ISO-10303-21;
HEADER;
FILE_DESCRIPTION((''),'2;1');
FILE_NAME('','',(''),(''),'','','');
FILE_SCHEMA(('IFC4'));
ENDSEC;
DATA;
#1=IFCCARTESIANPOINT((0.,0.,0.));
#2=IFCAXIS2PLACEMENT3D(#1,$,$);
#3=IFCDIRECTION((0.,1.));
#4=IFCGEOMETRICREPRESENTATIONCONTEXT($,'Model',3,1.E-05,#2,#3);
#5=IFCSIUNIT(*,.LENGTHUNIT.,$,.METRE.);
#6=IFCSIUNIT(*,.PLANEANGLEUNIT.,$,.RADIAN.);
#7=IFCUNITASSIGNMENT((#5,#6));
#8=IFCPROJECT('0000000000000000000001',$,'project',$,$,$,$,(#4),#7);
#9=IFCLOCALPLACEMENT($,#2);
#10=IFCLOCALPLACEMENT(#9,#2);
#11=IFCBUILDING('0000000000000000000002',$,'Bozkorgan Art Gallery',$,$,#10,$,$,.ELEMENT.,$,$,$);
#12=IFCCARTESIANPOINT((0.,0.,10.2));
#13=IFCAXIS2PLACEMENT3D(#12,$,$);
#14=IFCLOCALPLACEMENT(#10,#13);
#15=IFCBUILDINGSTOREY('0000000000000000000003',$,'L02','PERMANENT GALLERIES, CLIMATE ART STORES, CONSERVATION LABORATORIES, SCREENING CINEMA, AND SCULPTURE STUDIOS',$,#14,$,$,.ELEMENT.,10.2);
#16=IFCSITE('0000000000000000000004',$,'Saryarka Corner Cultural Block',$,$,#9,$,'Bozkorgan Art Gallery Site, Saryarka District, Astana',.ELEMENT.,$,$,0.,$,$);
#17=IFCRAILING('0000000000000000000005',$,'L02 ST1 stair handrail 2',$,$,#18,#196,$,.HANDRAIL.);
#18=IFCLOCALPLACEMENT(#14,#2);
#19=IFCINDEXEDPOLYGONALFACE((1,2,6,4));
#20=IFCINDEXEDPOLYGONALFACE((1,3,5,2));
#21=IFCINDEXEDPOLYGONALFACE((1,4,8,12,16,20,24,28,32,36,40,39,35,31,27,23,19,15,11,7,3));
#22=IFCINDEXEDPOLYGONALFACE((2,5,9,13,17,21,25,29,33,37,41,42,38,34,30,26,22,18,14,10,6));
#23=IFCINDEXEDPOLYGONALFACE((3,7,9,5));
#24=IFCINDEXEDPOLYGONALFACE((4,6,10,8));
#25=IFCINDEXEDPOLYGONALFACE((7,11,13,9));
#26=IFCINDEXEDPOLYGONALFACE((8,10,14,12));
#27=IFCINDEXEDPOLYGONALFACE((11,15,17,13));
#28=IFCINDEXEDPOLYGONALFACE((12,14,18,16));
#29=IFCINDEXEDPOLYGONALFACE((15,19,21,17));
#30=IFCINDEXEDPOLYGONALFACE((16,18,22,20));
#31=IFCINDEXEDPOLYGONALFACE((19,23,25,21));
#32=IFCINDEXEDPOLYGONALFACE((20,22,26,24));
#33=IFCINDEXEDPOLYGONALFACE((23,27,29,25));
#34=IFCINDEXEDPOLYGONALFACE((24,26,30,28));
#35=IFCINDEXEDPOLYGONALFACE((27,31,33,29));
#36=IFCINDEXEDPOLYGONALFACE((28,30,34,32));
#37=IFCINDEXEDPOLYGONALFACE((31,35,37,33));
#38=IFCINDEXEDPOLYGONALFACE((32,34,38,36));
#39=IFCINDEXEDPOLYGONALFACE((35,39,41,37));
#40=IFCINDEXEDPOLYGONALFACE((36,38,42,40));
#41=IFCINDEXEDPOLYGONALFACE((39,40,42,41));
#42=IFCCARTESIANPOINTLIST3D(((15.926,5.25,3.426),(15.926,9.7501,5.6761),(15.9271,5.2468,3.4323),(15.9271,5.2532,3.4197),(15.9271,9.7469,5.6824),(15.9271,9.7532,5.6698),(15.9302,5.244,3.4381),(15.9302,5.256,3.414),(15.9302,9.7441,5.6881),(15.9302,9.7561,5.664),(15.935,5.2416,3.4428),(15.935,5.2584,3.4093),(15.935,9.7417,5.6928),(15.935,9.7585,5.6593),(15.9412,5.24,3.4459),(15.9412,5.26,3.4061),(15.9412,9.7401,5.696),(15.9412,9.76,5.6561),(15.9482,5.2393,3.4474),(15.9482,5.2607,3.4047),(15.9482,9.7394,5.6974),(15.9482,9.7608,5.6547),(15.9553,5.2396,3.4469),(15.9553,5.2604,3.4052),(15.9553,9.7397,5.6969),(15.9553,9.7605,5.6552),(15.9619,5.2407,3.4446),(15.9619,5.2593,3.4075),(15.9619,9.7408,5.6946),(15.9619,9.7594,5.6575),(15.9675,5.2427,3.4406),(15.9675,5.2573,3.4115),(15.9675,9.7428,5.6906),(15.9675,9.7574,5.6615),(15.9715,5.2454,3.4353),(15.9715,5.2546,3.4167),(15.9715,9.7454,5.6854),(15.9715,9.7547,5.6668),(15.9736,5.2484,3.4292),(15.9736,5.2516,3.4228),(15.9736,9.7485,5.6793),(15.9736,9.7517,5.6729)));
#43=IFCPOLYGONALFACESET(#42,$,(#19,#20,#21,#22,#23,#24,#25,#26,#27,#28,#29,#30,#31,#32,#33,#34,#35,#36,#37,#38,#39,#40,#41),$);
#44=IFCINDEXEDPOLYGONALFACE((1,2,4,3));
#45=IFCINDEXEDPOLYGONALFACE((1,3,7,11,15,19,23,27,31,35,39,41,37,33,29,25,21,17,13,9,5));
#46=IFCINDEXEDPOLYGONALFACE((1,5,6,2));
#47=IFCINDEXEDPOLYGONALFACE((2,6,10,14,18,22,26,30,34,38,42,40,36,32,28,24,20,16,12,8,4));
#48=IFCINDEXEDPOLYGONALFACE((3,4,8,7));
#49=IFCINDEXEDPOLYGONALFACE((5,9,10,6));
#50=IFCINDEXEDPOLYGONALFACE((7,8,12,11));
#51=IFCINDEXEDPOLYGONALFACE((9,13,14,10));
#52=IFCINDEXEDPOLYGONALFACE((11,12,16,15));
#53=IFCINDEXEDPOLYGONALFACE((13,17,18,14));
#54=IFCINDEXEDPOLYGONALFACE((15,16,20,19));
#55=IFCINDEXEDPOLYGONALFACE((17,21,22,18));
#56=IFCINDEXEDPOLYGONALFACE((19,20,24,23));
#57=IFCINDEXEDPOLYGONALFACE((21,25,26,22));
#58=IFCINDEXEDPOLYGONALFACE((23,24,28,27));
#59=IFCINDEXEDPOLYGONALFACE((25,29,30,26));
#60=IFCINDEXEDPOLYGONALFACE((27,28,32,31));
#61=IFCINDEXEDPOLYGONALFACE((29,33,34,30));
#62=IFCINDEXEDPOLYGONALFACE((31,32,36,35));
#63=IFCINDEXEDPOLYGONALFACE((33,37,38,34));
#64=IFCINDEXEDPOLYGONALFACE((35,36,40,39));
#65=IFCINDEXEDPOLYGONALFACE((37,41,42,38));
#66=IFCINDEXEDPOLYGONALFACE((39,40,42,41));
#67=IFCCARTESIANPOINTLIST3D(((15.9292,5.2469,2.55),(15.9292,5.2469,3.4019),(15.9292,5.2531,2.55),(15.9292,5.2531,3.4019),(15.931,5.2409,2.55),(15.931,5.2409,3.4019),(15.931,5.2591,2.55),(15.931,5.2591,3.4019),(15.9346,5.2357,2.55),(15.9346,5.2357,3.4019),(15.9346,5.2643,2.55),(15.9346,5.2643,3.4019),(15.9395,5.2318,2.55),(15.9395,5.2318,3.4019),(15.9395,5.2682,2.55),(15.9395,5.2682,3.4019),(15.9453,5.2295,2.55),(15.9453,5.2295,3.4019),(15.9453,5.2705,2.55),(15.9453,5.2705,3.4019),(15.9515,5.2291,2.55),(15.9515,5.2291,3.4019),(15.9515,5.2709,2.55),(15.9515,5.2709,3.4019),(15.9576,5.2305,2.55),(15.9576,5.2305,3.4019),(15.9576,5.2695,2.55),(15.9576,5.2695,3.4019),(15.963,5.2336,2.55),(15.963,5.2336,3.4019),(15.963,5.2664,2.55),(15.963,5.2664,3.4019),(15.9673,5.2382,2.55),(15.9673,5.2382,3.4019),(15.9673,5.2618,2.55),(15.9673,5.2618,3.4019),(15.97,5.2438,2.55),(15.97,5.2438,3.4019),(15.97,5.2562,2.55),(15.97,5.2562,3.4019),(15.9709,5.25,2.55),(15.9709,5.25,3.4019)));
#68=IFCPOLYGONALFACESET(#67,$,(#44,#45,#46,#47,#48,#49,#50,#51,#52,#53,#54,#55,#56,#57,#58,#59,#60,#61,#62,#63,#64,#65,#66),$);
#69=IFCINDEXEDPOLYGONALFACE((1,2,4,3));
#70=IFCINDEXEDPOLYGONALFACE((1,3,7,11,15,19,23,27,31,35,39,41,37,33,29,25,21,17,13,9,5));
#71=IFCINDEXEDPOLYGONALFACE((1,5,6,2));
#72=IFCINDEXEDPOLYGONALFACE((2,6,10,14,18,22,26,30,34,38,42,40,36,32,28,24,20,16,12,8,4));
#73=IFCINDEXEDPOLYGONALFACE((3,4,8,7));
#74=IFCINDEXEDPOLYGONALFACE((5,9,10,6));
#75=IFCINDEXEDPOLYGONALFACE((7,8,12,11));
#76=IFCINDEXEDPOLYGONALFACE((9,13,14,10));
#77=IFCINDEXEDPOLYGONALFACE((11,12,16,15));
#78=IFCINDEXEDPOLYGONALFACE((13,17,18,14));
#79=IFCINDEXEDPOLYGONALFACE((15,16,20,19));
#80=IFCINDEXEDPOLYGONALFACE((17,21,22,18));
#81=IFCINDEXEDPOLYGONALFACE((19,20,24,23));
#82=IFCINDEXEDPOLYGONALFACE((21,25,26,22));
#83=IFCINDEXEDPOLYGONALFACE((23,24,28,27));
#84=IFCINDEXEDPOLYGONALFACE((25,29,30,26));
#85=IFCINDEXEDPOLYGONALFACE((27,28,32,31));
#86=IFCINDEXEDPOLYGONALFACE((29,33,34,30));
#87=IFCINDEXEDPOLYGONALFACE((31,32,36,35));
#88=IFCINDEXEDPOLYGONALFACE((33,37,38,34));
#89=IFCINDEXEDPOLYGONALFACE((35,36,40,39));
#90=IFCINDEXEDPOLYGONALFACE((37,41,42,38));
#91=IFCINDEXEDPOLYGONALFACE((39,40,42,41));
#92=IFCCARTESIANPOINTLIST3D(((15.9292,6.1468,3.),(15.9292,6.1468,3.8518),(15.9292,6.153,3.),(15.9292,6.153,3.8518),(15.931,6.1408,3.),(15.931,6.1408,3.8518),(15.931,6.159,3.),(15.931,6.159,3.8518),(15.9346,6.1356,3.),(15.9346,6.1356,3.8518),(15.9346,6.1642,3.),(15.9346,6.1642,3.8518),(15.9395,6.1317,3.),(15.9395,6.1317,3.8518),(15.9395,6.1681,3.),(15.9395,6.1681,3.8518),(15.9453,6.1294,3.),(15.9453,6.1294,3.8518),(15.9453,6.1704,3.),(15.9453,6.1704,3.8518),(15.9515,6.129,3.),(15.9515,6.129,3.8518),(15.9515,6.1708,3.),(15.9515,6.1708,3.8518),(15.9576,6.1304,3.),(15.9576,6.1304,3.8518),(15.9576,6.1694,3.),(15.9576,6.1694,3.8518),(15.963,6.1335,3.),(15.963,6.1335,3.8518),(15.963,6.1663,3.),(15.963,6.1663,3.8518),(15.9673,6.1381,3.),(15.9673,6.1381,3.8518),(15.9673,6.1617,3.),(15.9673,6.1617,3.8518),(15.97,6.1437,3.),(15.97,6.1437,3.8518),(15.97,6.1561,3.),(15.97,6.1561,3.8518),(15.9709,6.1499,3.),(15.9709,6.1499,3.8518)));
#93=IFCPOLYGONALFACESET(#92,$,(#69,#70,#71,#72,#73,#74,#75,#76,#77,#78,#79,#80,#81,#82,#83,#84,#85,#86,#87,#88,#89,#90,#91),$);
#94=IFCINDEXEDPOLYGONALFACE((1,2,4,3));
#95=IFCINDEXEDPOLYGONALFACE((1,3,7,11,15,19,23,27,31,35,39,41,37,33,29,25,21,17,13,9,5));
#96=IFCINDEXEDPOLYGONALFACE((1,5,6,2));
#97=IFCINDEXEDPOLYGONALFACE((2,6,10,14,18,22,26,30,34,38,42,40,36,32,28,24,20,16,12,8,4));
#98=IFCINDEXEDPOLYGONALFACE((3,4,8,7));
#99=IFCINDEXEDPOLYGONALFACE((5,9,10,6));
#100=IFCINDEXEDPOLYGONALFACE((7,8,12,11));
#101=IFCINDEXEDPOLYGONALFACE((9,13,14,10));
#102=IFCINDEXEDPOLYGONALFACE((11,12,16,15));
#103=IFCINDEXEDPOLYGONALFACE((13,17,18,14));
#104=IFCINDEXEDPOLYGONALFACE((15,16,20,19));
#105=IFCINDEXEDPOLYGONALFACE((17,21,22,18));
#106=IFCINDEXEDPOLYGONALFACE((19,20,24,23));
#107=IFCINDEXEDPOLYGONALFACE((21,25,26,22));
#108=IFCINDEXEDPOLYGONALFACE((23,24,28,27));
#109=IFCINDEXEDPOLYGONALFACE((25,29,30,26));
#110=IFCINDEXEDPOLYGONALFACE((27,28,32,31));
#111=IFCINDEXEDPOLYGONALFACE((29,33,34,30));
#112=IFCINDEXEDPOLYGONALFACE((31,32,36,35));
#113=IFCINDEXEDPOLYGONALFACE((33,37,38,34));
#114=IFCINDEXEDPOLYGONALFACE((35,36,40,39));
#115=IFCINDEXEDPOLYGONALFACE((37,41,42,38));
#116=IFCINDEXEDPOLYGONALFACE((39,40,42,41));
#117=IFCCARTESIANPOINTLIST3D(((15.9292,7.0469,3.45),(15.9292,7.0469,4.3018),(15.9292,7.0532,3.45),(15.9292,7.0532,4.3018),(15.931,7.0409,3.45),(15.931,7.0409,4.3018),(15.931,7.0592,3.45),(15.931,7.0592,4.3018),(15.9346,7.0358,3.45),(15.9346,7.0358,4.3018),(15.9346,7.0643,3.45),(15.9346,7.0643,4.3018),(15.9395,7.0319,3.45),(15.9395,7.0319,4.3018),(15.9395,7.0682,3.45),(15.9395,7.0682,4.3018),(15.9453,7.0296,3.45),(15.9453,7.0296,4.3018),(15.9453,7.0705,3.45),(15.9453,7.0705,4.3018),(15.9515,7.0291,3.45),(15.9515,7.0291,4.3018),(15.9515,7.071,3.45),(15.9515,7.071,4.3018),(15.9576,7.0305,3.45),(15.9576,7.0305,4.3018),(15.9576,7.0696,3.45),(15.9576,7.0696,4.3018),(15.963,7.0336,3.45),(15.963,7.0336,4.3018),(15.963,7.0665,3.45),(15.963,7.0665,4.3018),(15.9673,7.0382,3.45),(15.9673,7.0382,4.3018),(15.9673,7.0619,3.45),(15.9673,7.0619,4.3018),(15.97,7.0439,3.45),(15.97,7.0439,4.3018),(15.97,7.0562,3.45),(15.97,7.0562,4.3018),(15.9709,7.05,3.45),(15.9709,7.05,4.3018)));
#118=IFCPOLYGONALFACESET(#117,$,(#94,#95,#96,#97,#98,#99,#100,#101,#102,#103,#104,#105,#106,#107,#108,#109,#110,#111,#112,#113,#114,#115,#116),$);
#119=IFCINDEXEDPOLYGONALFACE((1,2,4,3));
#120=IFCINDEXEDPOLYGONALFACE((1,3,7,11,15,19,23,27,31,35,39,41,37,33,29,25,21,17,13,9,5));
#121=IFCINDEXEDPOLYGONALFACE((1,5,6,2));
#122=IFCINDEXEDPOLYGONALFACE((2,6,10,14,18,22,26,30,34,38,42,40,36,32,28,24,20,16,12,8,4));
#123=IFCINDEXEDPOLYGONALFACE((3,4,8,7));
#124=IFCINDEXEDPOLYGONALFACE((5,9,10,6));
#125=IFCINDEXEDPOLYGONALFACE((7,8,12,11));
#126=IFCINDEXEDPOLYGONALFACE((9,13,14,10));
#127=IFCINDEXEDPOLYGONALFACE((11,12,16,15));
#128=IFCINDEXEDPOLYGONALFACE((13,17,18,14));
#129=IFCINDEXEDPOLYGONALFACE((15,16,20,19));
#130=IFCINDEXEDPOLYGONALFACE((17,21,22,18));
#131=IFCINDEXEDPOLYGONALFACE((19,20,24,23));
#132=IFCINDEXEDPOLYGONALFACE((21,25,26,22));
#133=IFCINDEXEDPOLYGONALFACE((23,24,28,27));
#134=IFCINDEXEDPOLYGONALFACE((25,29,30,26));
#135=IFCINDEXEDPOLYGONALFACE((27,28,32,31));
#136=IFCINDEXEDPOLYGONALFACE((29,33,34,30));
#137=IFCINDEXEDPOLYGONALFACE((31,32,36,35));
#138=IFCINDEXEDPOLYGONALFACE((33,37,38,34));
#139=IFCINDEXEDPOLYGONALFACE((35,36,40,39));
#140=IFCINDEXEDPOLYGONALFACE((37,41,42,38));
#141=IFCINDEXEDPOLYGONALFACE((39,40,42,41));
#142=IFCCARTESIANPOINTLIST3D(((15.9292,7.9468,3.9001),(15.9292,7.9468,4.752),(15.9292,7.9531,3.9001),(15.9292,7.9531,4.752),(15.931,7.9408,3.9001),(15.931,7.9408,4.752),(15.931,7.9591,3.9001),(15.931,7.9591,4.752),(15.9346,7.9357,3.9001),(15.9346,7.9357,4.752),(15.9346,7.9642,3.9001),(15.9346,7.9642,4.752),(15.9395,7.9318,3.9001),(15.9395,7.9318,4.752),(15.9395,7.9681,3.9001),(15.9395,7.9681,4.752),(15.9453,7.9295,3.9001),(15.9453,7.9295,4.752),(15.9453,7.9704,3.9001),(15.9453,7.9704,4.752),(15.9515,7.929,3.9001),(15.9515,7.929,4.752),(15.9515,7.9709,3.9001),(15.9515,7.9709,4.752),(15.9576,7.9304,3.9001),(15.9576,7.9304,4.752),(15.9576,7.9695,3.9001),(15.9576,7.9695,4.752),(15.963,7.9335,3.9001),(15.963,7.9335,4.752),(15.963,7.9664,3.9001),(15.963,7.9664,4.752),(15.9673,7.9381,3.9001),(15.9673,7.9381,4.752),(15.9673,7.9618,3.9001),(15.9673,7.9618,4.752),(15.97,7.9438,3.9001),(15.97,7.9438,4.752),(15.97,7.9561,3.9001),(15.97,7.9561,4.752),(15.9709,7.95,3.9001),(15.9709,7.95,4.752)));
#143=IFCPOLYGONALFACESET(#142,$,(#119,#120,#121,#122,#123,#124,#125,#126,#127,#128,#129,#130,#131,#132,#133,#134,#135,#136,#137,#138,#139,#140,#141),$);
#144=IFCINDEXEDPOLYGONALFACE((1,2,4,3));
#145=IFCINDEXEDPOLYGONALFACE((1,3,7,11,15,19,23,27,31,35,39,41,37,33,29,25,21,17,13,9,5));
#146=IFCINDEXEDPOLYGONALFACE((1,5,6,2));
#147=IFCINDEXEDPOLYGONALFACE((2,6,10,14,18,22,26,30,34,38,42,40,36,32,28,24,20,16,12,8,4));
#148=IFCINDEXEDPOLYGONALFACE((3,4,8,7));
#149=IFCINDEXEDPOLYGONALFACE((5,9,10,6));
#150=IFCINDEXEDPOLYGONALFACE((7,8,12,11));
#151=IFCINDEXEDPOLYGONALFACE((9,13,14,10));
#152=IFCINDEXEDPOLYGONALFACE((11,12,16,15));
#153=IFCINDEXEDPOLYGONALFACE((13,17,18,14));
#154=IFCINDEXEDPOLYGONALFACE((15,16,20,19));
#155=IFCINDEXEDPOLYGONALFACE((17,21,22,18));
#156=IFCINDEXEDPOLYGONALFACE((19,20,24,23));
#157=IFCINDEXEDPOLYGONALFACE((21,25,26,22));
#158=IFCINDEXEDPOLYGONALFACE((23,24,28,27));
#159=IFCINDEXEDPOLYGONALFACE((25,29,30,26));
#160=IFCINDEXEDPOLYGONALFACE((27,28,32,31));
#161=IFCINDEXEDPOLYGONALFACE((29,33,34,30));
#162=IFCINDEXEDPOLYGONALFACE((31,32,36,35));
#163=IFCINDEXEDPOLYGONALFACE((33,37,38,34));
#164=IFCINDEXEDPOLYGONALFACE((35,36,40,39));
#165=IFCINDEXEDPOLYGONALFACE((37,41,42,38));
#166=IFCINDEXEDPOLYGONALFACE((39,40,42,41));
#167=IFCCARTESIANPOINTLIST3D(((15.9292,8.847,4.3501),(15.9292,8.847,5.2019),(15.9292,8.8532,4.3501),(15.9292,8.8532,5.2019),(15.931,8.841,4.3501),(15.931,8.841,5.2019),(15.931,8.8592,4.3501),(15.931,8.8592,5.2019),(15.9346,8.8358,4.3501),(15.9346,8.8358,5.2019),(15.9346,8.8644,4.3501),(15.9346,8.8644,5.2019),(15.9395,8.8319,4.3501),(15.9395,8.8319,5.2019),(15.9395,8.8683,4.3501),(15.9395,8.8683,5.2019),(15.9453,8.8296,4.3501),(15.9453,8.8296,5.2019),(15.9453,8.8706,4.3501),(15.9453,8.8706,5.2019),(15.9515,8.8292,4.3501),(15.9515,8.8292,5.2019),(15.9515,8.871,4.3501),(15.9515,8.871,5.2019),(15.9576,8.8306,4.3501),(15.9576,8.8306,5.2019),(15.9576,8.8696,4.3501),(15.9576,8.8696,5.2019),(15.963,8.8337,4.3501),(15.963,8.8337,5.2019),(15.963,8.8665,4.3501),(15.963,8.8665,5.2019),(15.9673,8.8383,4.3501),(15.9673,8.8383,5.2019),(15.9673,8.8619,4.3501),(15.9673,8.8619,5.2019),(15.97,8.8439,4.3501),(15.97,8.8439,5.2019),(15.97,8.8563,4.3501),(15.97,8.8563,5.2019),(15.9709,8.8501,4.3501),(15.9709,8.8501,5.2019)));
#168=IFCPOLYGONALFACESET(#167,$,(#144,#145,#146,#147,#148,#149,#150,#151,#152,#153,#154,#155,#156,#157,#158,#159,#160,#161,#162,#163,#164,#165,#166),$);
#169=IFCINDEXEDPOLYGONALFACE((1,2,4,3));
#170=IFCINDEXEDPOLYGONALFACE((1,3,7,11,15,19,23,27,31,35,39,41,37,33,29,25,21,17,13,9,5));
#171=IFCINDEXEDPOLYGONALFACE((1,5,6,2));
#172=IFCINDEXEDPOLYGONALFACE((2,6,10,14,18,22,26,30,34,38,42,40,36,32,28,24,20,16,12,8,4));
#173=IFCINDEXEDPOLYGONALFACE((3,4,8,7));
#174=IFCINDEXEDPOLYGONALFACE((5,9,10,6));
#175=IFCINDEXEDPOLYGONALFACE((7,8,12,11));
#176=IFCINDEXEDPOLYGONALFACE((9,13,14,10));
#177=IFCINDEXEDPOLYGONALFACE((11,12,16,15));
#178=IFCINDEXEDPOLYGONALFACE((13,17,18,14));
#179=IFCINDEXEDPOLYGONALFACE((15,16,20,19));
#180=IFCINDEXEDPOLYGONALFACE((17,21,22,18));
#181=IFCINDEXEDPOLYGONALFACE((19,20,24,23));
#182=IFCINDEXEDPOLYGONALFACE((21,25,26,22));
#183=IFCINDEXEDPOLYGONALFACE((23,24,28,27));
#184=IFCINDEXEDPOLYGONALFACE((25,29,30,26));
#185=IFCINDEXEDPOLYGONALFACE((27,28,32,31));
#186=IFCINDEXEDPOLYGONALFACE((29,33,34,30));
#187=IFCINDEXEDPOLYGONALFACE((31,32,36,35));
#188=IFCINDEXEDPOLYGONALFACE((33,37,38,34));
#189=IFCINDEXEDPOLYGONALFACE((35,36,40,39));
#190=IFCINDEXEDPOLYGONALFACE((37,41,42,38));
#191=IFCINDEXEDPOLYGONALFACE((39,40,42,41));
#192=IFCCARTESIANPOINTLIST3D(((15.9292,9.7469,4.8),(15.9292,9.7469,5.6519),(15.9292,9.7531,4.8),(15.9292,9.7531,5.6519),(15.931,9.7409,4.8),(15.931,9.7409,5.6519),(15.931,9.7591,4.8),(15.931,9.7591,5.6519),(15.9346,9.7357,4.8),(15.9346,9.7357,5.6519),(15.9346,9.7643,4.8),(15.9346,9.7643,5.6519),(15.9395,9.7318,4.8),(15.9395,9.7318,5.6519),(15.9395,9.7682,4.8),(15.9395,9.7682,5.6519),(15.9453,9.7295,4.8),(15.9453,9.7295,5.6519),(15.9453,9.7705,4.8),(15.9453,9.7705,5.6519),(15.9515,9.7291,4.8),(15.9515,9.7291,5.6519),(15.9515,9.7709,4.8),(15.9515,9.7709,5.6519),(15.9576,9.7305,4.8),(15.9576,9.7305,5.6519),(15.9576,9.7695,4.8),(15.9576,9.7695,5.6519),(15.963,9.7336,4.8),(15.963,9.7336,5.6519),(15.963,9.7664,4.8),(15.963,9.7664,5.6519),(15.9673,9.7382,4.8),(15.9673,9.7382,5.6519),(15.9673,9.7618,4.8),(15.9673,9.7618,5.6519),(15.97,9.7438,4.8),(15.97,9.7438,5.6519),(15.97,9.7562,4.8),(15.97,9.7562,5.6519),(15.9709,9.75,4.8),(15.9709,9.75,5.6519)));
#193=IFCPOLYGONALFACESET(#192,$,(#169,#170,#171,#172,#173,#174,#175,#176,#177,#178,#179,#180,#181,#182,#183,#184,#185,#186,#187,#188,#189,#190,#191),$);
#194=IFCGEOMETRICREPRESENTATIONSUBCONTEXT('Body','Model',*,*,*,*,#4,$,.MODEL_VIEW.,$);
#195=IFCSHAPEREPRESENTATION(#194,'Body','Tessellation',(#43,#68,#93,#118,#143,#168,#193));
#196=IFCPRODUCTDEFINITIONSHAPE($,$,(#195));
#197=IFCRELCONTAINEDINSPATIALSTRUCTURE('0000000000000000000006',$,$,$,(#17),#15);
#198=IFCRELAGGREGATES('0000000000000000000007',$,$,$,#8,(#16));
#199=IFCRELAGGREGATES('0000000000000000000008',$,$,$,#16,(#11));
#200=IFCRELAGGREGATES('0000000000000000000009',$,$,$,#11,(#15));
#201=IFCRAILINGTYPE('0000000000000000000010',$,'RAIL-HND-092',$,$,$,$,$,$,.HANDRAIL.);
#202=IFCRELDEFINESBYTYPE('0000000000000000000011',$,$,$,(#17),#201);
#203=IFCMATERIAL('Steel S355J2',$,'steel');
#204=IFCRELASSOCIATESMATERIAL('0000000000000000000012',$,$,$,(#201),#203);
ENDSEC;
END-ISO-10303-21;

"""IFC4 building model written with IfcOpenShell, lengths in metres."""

from ifc_helpers import new_model, si_unit, direction, frame, origin, origin_2d, place, context, subcontext, project, spatial, circle, extrude, material, type_object, element, save


model = new_model("IFC4")

# Units and contexts
model_context = context("Model", 3, precision=1e-05, world=origin(), true_north=direction((0.0, 1.0)))
body_context = subcontext(model_context, "Body", "Model", "MODEL_VIEW")
ifc_project = project(units=[si_unit("LENGTHUNIT", "METRE"), si_unit("PLANEANGLEUNIT", "RADIAN")], contexts=[model_context])

# Site, building, storey
site_placement = place(None, origin())
site = spatial("IfcSite", under=ifc_project, at=site_placement, Name="Saryarka Corner Cultural Block", LongName="Bozkorgan Art Gallery Site, Saryarka District, Astana", CompositionType="ELEMENT", RefElevation=0.0)
building_placement = place(site_placement, origin())
building = spatial("IfcBuilding", under=site, at=building_placement, Name="Bozkorgan Art Gallery", CompositionType="ELEMENT")
storey_placement = place(building_placement, frame((0.0, 0.0, 10.2)))
storey = spatial("IfcBuildingStorey", under=building, at=storey_placement, Name="L02", Description="PERMANENT GALLERIES, CLIMATE ART STORES, CONSERVATION LABORATORIES, SCREENING CINEMA, AND SCULPTURE STUDIOS", CompositionType="ELEMENT", Elevation=10.2)

# Shared definitions
ifc_material_1 = material(Name="Steel S355J2", Category="steel")

# Railing
railing_type_1 = type_object("IfcRailingType", Name="RAIL-HND-092", PredefinedType="HANDRAIL", material=ifc_material_1)
railing_1_placement = place(storey_placement, frame((15.95, 5.25, 2.55)))
element("IfcRailing", 1, at=railing_1_placement, inside=storey, type_object=railing_type_1, Name="L02 ST1 stair handrail 2", PredefinedType="HANDRAIL", context=body_context, shape_type="SweptSolid", body=[
    extrude(circle(Radius=0.0239, at=origin_2d()), frame((0.0, 0.0, 0.876), z_axis=(0.0, 0.894427, 0.447214), x_axis=(-1.0, 0.0, 0.0)), (0.0, 0.0, 1.0), 5.0312),
    extrude(circle(Radius=0.021, at=origin_2d()), origin(), (0.0, 0.0, 1.0), 0.8518),
    extrude(circle(Radius=0.021, at=origin_2d()), frame((0.0, 0.8999, 0.45)), (0.0, 0.0, 1.0), 0.8518),
    extrude(circle(Radius=0.021, at=origin_2d()), frame((0.0, 1.8, 0.8999)), (0.0, 0.0, 1.0), 0.8518),
    extrude(circle(Radius=0.021, at=origin_2d()), frame((0.0, 2.7, 1.3501)), (0.0, 0.0, 1.0), 0.8518),
    extrude(circle(Radius=0.021, at=origin_2d()), frame((0.0, 3.6001, 1.8)), (0.0, 0.0, 1.0), 0.8518),
    extrude(circle(Radius=0.021, at=origin_2d()), frame((0.0, 4.5, 2.25)), (0.0, 0.0, 1.0), 0.8518),
])

save(model, "model.ifc")
